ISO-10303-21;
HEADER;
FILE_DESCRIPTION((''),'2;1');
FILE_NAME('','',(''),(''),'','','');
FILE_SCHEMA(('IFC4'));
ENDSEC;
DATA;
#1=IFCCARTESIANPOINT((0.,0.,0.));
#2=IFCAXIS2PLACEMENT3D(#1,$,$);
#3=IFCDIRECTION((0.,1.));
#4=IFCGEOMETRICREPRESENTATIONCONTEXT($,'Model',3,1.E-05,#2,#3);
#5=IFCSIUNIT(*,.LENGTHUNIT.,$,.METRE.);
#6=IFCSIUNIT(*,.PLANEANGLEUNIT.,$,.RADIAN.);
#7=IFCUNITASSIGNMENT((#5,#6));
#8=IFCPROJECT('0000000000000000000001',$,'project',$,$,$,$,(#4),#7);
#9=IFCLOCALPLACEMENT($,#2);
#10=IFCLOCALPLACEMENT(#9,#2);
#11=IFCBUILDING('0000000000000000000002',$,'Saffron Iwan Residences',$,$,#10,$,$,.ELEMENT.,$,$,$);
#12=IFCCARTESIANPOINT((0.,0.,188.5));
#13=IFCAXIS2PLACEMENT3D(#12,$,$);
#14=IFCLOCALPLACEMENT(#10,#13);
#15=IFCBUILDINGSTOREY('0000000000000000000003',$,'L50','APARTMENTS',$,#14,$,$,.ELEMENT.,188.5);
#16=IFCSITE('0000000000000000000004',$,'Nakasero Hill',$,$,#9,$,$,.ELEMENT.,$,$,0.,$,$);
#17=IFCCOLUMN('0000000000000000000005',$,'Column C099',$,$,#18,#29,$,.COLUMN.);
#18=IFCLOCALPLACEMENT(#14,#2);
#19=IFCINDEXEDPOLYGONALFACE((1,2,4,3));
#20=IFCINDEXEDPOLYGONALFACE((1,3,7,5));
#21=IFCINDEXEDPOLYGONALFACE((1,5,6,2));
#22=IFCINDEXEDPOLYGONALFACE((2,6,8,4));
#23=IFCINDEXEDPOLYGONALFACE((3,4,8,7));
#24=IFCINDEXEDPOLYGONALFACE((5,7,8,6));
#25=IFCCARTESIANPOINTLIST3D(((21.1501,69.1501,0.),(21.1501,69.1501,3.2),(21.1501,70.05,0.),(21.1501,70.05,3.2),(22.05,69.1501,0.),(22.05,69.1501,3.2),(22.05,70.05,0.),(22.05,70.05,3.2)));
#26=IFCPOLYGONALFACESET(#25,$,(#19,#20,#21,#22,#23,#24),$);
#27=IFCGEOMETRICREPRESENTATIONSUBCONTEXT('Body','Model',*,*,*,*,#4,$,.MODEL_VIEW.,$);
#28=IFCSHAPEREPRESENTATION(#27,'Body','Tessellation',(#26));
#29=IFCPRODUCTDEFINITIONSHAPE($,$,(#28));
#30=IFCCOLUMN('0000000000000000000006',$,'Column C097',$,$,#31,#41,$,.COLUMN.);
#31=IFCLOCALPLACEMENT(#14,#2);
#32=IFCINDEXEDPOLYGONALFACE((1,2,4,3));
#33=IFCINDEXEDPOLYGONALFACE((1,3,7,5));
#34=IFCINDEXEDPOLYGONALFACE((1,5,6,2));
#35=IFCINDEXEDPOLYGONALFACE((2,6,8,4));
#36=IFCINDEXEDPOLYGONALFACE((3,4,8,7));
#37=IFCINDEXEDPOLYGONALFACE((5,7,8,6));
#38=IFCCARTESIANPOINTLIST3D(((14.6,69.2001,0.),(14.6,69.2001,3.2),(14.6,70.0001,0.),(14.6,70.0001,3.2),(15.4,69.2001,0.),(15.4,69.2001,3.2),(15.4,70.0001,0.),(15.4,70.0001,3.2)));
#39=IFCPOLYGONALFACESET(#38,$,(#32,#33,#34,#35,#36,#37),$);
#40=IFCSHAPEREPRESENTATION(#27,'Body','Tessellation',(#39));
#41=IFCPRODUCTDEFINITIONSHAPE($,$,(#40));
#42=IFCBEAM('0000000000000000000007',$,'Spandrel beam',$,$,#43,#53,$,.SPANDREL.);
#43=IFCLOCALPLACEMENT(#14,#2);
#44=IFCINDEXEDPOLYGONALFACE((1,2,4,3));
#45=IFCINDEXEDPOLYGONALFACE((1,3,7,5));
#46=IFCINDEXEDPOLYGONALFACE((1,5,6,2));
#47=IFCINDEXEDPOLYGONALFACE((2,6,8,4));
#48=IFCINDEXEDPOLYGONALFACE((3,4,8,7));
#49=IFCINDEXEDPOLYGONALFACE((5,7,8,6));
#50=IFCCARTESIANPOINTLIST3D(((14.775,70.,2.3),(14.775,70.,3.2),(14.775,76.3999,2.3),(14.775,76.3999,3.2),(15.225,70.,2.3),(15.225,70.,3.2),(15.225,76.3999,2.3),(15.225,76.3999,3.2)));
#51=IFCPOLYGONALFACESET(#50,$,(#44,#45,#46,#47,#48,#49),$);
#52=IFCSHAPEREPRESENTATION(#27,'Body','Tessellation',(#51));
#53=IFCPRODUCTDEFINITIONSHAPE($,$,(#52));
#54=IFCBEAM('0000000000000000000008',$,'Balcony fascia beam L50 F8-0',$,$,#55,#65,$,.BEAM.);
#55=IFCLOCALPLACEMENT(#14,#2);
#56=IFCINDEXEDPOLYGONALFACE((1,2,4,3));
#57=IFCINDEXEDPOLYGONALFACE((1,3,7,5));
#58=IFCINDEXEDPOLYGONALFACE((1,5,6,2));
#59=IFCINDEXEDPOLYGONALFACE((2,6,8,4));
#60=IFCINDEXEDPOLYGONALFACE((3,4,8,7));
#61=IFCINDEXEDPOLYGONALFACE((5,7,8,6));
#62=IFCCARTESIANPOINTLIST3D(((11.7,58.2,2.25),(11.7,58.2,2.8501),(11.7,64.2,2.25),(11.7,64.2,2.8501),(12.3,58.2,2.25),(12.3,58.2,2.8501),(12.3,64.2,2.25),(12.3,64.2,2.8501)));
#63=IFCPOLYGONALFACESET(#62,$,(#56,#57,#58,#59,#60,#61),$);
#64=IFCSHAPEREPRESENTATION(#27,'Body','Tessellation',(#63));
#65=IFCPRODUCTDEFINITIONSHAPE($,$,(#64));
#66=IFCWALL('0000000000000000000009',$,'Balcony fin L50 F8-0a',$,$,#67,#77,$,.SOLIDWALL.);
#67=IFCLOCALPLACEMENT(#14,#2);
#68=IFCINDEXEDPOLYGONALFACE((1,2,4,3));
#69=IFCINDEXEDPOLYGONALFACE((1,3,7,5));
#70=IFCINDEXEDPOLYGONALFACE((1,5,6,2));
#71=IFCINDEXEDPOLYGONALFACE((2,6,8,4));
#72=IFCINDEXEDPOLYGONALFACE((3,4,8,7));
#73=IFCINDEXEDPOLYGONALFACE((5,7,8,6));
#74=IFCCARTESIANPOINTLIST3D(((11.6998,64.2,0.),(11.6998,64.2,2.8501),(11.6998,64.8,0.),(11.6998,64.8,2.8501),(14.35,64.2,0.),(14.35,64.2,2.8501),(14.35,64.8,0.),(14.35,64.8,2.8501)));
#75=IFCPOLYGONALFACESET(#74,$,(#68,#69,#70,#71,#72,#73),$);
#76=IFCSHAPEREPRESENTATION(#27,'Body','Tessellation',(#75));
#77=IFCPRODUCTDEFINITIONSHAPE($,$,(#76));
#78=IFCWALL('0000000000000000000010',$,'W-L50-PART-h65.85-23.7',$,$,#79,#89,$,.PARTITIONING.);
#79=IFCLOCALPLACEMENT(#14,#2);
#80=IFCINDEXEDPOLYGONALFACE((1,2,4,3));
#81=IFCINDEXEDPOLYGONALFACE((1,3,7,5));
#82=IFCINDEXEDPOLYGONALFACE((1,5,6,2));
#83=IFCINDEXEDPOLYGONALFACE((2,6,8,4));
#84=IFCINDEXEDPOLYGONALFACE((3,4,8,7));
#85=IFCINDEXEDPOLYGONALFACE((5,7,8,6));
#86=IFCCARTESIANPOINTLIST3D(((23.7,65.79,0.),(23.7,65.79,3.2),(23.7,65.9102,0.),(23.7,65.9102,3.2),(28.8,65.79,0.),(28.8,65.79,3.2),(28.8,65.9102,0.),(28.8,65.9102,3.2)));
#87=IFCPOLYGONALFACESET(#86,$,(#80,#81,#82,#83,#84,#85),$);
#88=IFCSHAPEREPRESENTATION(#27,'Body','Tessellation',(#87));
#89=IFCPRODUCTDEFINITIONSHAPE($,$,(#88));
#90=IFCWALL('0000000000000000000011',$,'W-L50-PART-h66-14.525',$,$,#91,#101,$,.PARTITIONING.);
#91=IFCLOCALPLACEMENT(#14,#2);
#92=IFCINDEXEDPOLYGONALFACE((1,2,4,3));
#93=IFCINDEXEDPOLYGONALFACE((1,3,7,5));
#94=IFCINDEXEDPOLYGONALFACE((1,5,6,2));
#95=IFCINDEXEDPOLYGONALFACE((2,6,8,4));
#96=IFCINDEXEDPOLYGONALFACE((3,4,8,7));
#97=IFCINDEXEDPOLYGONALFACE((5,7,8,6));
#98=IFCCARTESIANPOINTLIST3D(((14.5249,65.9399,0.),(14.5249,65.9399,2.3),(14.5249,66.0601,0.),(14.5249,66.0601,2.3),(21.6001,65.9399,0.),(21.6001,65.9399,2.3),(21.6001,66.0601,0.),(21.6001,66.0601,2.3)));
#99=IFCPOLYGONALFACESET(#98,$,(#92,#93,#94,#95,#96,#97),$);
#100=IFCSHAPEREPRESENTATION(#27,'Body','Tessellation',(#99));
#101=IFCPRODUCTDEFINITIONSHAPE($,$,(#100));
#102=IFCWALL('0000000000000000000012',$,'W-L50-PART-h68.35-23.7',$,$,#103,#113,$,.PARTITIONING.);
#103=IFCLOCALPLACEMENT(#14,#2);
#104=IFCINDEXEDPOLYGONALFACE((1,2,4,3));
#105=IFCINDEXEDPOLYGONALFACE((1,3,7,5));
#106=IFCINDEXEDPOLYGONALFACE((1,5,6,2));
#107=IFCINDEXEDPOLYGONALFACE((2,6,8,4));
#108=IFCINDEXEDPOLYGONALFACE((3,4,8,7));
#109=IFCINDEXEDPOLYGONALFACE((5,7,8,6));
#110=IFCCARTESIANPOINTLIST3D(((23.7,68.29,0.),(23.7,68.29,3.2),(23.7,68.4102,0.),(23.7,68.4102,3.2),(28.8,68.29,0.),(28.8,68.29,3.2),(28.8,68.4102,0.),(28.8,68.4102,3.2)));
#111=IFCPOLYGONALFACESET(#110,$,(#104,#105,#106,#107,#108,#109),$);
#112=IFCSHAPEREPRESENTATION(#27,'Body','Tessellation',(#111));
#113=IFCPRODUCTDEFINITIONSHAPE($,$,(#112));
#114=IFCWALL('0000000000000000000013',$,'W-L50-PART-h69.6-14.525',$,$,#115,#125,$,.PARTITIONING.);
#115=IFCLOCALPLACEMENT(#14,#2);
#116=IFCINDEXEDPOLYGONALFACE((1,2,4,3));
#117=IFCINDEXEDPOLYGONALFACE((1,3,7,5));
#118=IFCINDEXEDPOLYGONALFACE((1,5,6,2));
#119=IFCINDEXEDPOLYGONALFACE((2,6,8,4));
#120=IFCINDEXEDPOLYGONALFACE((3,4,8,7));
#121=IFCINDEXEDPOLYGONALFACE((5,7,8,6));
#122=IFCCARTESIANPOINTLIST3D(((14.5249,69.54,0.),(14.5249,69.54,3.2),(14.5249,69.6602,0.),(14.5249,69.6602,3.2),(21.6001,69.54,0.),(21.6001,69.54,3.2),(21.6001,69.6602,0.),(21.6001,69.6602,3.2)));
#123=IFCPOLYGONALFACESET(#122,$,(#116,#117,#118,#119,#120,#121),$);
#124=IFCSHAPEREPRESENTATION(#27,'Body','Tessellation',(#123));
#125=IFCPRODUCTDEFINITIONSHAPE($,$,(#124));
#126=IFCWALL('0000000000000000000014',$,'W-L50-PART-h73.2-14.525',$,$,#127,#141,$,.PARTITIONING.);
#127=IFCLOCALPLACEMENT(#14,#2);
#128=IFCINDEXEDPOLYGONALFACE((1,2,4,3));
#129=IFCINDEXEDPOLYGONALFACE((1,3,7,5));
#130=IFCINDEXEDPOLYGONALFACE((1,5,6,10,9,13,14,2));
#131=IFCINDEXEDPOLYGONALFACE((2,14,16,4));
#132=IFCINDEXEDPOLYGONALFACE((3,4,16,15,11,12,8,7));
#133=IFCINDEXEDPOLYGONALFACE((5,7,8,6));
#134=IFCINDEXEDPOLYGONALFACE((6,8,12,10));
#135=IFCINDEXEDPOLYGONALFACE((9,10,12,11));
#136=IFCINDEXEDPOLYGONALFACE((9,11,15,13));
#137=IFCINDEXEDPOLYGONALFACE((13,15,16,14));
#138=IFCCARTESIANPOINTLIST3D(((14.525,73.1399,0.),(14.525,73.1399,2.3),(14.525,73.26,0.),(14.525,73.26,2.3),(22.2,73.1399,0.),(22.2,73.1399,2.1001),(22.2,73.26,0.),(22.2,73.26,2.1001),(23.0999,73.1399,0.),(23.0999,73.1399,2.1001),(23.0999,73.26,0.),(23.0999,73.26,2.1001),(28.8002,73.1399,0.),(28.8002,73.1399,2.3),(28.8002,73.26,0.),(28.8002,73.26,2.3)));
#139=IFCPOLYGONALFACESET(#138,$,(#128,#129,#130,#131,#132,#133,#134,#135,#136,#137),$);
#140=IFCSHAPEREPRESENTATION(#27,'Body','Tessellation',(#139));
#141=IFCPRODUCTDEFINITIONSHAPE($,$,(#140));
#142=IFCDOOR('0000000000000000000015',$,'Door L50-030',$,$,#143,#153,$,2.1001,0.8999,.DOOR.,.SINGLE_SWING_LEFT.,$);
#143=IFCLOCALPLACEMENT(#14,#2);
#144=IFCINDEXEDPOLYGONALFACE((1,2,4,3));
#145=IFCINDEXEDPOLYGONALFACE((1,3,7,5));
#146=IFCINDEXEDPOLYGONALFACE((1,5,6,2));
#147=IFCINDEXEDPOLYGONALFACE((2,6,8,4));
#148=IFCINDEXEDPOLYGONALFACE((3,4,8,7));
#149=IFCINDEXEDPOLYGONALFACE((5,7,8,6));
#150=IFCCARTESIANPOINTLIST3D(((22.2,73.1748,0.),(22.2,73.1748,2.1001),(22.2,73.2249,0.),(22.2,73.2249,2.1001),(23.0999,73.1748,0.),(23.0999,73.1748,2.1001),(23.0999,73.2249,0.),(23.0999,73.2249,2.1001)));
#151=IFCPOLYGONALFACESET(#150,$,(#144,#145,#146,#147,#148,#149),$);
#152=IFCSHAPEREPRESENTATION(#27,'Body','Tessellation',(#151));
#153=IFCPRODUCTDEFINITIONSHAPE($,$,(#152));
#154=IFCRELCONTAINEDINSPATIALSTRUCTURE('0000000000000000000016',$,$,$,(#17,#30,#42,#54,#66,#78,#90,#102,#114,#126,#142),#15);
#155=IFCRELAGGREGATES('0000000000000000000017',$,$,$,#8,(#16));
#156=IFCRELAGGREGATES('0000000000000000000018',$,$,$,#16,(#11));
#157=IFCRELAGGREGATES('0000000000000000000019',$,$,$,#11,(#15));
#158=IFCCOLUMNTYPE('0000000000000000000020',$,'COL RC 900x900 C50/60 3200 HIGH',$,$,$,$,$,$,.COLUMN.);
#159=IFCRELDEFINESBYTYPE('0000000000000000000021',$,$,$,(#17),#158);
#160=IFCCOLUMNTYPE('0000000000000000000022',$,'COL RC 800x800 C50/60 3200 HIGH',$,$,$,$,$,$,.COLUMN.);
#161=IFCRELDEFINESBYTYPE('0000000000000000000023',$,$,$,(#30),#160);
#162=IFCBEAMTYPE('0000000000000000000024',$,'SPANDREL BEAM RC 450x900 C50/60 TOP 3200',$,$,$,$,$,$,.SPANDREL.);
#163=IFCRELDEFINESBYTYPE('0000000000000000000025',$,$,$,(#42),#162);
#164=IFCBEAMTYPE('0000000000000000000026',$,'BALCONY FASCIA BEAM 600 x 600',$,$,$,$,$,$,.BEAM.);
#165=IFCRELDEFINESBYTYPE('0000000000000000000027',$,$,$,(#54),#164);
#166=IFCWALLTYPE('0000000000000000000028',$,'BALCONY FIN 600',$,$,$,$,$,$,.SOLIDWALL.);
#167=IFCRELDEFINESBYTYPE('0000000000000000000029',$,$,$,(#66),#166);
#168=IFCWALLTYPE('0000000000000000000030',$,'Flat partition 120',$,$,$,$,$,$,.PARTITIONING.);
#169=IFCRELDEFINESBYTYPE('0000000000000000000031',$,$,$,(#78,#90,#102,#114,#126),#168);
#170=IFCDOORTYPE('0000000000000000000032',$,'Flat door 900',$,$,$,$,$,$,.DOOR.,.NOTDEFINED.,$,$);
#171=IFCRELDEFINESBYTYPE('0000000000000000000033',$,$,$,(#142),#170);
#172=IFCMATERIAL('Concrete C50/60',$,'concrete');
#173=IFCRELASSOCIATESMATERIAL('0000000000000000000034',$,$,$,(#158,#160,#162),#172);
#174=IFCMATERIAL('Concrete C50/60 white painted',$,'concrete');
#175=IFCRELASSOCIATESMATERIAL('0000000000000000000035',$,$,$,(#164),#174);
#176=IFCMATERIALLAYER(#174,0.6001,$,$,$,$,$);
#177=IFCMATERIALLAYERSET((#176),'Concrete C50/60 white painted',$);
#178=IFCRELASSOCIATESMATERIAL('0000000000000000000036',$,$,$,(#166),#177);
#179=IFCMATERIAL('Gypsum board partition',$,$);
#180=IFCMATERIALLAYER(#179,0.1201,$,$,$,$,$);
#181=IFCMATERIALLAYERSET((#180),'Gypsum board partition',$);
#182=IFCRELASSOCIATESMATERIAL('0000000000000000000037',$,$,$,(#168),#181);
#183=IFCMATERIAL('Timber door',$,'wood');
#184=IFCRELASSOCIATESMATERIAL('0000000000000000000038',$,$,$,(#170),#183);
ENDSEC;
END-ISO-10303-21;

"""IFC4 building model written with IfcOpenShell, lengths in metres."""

from ifc_helpers import new_model, si_unit, direction, frame, frame_2d, origin, origin_2d, place, context, subcontext, project, spatial, rectangle, extrude, source, transform, mapped, material, layer, layer_set, material_profile, profile_set, type_object, element, fill, save


model = new_model("IFC4")

# Units and contexts
model_context = context("Model", 3, precision=1e-05, world=origin(), true_north=direction((0.0, 1.0)))
body_context = subcontext(model_context, "Body", "Model", "MODEL_VIEW")
ifc_project = project(units=[si_unit("LENGTHUNIT", "METRE"), si_unit("PLANEANGLEUNIT", "RADIAN")], contexts=[model_context])

# Site, building, storey
site_placement = place(None, origin())
site = spatial("IfcSite", under=ifc_project, at=site_placement, Name="Nakasero Hill", CompositionType="ELEMENT", RefElevation=0.0)
building_placement = place(site_placement, origin())
building = spatial("IfcBuilding", under=site, at=building_placement, Name="Saffron Iwan Residences", CompositionType="ELEMENT")
storey_placement = place(building_placement, frame((0.0, 0.0, 188.5)))
storey = spatial("IfcBuildingStorey", under=building, at=storey_placement, Name="L50", Description="APARTMENTS", CompositionType="ELEMENT", Elevation=188.5)

# Columns
ifc_material_1 = material(Name="Concrete C50/60", Category="concrete")
ifc_material_profile_1 = material_profile(ifc_material_1, rectangle(XDim=0.8999, YDim=0.8999, at=origin_2d()), Name="RC 900x900")
ifc_profile_set_1 = profile_set([ifc_material_profile_1], Name="Concrete C50/60")
column_type_1 = type_object("IfcColumnType", Name="COL RC 900x900 C50/60 3200 HIGH", PredefinedType="COLUMN", material=ifc_profile_set_1)
shared_shape_1 = source(origin(), body_context, "Body", "SweptSolid", [
    extrude(rectangle(XDim=0.8999, YDim=0.8999, at=origin_2d()), origin(), (0.0, 0.0, 1.0), 3.2),
])
column_1_placement = place(storey_placement, frame((21.6001, 69.6001, 0.0), z_axis=(0.0, 0.0, 1.0), x_axis=(1.0, 0.0, 0.0)))
element("IfcColumn", 1, at=column_1_placement, inside=storey, type_object=column_type_1, Name="Column C099", PredefinedType="COLUMN", context=body_context, shape_type="MappedRepresentation", body=[
    mapped(shared_shape_1, transform((0.0, 0.0, 0.0))),
])
ifc_material_profile_2 = material_profile(ifc_material_1, rectangle(XDim=0.8, YDim=0.8, at=origin_2d()), Name="RC 800x800")
ifc_profile_set_2 = profile_set([ifc_material_profile_2], Name="Concrete C50/60")
column_type_2 = type_object("IfcColumnType", Name="COL RC 800x800 C50/60 3200 HIGH", PredefinedType="COLUMN", material=ifc_profile_set_2)
shared_shape_2 = source(origin(), body_context, "Body", "SweptSolid", [
    extrude(rectangle(XDim=0.8, YDim=0.8, at=origin_2d()), origin(), (0.0, 0.0, 1.0), 3.2),
])
column_2_placement = place(storey_placement, frame((15.0, 69.6001, 0.0), z_axis=(0.0, 0.0, 1.0), x_axis=(1.0, 0.0, 0.0)))
element("IfcColumn", 2, at=column_2_placement, inside=storey, type_object=column_type_2, Name="Column C097", PredefinedType="COLUMN", context=body_context, shape_type="MappedRepresentation", body=[
    mapped(shared_shape_2, transform((0.0, 0.0, 0.0))),
])

# Beams
ifc_material_profile_3 = material_profile(ifc_material_1, rectangle(XDim=0.45, YDim=0.8999, at=origin_2d()), Name="RC 450x900")
ifc_profile_set_3 = profile_set([ifc_material_profile_3], Name="Concrete C50/60")
beam_type_1 = type_object("IfcBeamType", Name="SPANDREL BEAM RC 450x900 C50/60 TOP 3200", PredefinedType="SPANDREL", material=ifc_profile_set_3)
shared_shape_3 = source(origin(), body_context, "Body", "SweptSolid", [
    extrude(rectangle(XDim=0.45, YDim=0.8999, at=origin_2d()), origin(), (0.0, 0.0, 1.0), 6.3999),
])
beam_1_placement = place(storey_placement, frame((15.0, 70.0, 2.75), z_axis=(0.0, 1.0, 0.0), x_axis=(-1.0, 0.0, 0.0)))
element("IfcBeam", 3, at=beam_1_placement, inside=storey, type_object=beam_type_1, Name="Spandrel beam", PredefinedType="SPANDREL", context=body_context, shape_type="MappedRepresentation", body=[
    mapped(shared_shape_3, transform((0.0, 0.0, 0.0))),
])
ifc_material_2 = material(Name="Concrete C50/60 white painted", Category="concrete")
ifc_material_profile_4 = material_profile(ifc_material_2, rectangle(XDim=0.6001, YDim=0.6001, at=origin_2d()), Name="BALCONY FASCIA BEAM 600 x 600")
ifc_profile_set_4 = profile_set([ifc_material_profile_4], Name="Concrete C50/60 white painted")
beam_type_2 = type_object("IfcBeamType", Name="BALCONY FASCIA BEAM 600 x 600", PredefinedType="BEAM", material=ifc_profile_set_4)
shared_shape_4 = source(origin(), body_context, "Body", "SweptSolid", [
    extrude(rectangle(XDim=0.6001, YDim=0.6001, at=origin_2d()), origin(), (0.0, 0.0, 1.0), 6.0),
])
beam_2_placement = place(storey_placement, frame((12.0, 64.2, 2.55), z_axis=(0.0, -1.0, 0.0), x_axis=(1.0, 0.0, 0.0)))
element("IfcBeam", 4, at=beam_2_placement, inside=storey, type_object=beam_type_2, Name="Balcony fascia beam L50 F8-0", PredefinedType="BEAM", context=body_context, shape_type="MappedRepresentation", body=[
    mapped(shared_shape_4, transform((0.0, 0.0, 0.0))),
])

# Walls
ifc_layer_1 = layer(ifc_material_2, 0.6001)
ifc_layer_set_1 = layer_set([ifc_layer_1], Name="Concrete C50/60 white painted")
wall_type_1 = type_object("IfcWallType", Name="BALCONY FIN 600", PredefinedType="SOLIDWALL", material=ifc_layer_set_1)
wall_1_placement = place(storey_placement, frame((14.3501, 64.5, 0.0), z_axis=(0.0, 0.0, 1.0), x_axis=(-1.0, 0.0, 0.0)))
element("IfcWall", 5, at=wall_1_placement, inside=storey, type_object=wall_type_1, Name="Balcony fin L50 F8-0a", PredefinedType="SOLIDWALL", context=body_context, shape_type="SweptSolid", body=[
    extrude(rectangle(XDim=2.6501, YDim=0.6001, at=frame_2d((1.3252, 0.0))), origin(), (0.0, 0.0, 1.0), 2.8501),
])
ifc_material_3 = material(Name="Gypsum board partition")
ifc_layer_2 = layer(ifc_material_3, 0.1201)
ifc_layer_set_2 = layer_set([ifc_layer_2], Name="Gypsum board partition")
wall_type_2 = type_object("IfcWallType", Name="Flat partition 120", PredefinedType="PARTITIONING", material=ifc_layer_set_2)
wall_2_placement = place(storey_placement, frame((23.7, 65.8501, 0.0), z_axis=(0.0, 0.0, 1.0), x_axis=(1.0, 0.0, 0.0)))
element("IfcWall", 6, at=wall_2_placement, inside=storey, type_object=wall_type_2, Name="W-L50-PART-h65.85-23.7", PredefinedType="PARTITIONING", context=body_context, shape_type="SweptSolid", body=[
    extrude(rectangle(XDim=5.1001, YDim=0.1201, at=frame_2d((2.55, 0.0))), origin(), (0.0, 0.0, 1.0), 3.2),
])
wall_3_placement = place(storey_placement, frame((14.5249, 66.0, 0.0), z_axis=(0.0, 0.0, 1.0), x_axis=(1.0, 0.0, 0.0)))
element("IfcWall", 7, at=wall_3_placement, inside=storey, type_object=wall_type_2, Name="W-L50-PART-h66-14.525", PredefinedType="PARTITIONING", context=body_context, shape_type="SweptSolid", body=[
    extrude(rectangle(XDim=7.0752, YDim=0.1201, at=frame_2d((3.5376, 0.0))), origin(), (0.0, 0.0, 1.0), 2.3),
])
wall_4_placement = place(storey_placement, frame((23.7, 68.3501, 0.0), z_axis=(0.0, 0.0, 1.0), x_axis=(1.0, 0.0, 0.0)))
element("IfcWall", 8, at=wall_4_placement, inside=storey, type_object=wall_type_2, Name="W-L50-PART-h68.35-23.7", PredefinedType="PARTITIONING", context=body_context, shape_type="SweptSolid", body=[
    extrude(rectangle(XDim=5.1001, YDim=0.1201, at=frame_2d((2.55, 0.0))), origin(), (0.0, 0.0, 1.0), 3.2),
])
wall_5_placement = place(storey_placement, frame((14.5249, 69.6001, 0.0), z_axis=(0.0, 0.0, 1.0), x_axis=(1.0, 0.0, 0.0)))
element("IfcWall", 9, at=wall_5_placement, inside=storey, type_object=wall_type_2, Name="W-L50-PART-h69.6-14.525", PredefinedType="PARTITIONING", context=body_context, shape_type="SweptSolid", body=[
    extrude(rectangle(XDim=7.0752, YDim=0.1201, at=frame_2d((3.5376, 0.0))), origin(), (0.0, 0.0, 1.0), 3.2),
])

# Wall, opening, door
wall_6_placement = place(storey_placement, frame((14.5249, 73.2, 0.0), z_axis=(0.0, 0.0, 1.0), x_axis=(1.0, 0.0, 0.0)))
wall_6 = element("IfcWall", 10, at=wall_6_placement, inside=storey, type_object=wall_type_2, Name="W-L50-PART-h73.2-14.525", PredefinedType="PARTITIONING", context=body_context, shape_type="SweptSolid", body=[
    extrude(rectangle(XDim=14.2751, YDim=0.1201, at=frame_2d((7.1377, 0.0))), origin(), (0.0, 0.0, 1.0), 2.3),
])
opening_placement = place(wall_6_placement, frame((7.675, 0.0, 0.0)))
opening = element("IfcOpeningElement", 11, at=opening_placement, cuts=wall_6, PredefinedType="OPENING", context=body_context, shape_type="SweptSolid", body=[
    extrude(rectangle(XDim=0.8999, YDim=2.1001, at=frame_2d((0.45, 1.05))), frame((0.0, 0.0701, 0.0), z_axis=(0.0, -1.0, 0.0), x_axis=(1.0, 0.0, 0.0)), (0.0, 0.0, 1.0), 0.1401),
])
ifc_material_4 = material(Name="Timber door", Category="wood")
door_type = type_object("IfcDoorType", Name="Flat door 900", OperationType="NOTDEFINED", PredefinedType="DOOR", material=ifc_material_4)
door_placement = place(opening_placement, origin())
door = element("IfcDoor", 12, at=door_placement, inside=storey, type_object=door_type, Name="Door L50-030", OperationType="SINGLE_SWING_LEFT", OverallHeight=2.1001, OverallWidth=0.8999, PredefinedType="DOOR", context=body_context, shape_type="SweptSolid", body=[
    extrude(rectangle(XDim=0.8999, YDim=2.1001, at=frame_2d((0.45, 1.05))), frame((0.0, 0.0249, 0.0), z_axis=(0.0, -1.0, 0.0), x_axis=(1.0, 0.0, 0.0)), (0.0, 0.0, 1.0), 0.05),
])
fill(opening, door)

save(model, "model.ifc")
